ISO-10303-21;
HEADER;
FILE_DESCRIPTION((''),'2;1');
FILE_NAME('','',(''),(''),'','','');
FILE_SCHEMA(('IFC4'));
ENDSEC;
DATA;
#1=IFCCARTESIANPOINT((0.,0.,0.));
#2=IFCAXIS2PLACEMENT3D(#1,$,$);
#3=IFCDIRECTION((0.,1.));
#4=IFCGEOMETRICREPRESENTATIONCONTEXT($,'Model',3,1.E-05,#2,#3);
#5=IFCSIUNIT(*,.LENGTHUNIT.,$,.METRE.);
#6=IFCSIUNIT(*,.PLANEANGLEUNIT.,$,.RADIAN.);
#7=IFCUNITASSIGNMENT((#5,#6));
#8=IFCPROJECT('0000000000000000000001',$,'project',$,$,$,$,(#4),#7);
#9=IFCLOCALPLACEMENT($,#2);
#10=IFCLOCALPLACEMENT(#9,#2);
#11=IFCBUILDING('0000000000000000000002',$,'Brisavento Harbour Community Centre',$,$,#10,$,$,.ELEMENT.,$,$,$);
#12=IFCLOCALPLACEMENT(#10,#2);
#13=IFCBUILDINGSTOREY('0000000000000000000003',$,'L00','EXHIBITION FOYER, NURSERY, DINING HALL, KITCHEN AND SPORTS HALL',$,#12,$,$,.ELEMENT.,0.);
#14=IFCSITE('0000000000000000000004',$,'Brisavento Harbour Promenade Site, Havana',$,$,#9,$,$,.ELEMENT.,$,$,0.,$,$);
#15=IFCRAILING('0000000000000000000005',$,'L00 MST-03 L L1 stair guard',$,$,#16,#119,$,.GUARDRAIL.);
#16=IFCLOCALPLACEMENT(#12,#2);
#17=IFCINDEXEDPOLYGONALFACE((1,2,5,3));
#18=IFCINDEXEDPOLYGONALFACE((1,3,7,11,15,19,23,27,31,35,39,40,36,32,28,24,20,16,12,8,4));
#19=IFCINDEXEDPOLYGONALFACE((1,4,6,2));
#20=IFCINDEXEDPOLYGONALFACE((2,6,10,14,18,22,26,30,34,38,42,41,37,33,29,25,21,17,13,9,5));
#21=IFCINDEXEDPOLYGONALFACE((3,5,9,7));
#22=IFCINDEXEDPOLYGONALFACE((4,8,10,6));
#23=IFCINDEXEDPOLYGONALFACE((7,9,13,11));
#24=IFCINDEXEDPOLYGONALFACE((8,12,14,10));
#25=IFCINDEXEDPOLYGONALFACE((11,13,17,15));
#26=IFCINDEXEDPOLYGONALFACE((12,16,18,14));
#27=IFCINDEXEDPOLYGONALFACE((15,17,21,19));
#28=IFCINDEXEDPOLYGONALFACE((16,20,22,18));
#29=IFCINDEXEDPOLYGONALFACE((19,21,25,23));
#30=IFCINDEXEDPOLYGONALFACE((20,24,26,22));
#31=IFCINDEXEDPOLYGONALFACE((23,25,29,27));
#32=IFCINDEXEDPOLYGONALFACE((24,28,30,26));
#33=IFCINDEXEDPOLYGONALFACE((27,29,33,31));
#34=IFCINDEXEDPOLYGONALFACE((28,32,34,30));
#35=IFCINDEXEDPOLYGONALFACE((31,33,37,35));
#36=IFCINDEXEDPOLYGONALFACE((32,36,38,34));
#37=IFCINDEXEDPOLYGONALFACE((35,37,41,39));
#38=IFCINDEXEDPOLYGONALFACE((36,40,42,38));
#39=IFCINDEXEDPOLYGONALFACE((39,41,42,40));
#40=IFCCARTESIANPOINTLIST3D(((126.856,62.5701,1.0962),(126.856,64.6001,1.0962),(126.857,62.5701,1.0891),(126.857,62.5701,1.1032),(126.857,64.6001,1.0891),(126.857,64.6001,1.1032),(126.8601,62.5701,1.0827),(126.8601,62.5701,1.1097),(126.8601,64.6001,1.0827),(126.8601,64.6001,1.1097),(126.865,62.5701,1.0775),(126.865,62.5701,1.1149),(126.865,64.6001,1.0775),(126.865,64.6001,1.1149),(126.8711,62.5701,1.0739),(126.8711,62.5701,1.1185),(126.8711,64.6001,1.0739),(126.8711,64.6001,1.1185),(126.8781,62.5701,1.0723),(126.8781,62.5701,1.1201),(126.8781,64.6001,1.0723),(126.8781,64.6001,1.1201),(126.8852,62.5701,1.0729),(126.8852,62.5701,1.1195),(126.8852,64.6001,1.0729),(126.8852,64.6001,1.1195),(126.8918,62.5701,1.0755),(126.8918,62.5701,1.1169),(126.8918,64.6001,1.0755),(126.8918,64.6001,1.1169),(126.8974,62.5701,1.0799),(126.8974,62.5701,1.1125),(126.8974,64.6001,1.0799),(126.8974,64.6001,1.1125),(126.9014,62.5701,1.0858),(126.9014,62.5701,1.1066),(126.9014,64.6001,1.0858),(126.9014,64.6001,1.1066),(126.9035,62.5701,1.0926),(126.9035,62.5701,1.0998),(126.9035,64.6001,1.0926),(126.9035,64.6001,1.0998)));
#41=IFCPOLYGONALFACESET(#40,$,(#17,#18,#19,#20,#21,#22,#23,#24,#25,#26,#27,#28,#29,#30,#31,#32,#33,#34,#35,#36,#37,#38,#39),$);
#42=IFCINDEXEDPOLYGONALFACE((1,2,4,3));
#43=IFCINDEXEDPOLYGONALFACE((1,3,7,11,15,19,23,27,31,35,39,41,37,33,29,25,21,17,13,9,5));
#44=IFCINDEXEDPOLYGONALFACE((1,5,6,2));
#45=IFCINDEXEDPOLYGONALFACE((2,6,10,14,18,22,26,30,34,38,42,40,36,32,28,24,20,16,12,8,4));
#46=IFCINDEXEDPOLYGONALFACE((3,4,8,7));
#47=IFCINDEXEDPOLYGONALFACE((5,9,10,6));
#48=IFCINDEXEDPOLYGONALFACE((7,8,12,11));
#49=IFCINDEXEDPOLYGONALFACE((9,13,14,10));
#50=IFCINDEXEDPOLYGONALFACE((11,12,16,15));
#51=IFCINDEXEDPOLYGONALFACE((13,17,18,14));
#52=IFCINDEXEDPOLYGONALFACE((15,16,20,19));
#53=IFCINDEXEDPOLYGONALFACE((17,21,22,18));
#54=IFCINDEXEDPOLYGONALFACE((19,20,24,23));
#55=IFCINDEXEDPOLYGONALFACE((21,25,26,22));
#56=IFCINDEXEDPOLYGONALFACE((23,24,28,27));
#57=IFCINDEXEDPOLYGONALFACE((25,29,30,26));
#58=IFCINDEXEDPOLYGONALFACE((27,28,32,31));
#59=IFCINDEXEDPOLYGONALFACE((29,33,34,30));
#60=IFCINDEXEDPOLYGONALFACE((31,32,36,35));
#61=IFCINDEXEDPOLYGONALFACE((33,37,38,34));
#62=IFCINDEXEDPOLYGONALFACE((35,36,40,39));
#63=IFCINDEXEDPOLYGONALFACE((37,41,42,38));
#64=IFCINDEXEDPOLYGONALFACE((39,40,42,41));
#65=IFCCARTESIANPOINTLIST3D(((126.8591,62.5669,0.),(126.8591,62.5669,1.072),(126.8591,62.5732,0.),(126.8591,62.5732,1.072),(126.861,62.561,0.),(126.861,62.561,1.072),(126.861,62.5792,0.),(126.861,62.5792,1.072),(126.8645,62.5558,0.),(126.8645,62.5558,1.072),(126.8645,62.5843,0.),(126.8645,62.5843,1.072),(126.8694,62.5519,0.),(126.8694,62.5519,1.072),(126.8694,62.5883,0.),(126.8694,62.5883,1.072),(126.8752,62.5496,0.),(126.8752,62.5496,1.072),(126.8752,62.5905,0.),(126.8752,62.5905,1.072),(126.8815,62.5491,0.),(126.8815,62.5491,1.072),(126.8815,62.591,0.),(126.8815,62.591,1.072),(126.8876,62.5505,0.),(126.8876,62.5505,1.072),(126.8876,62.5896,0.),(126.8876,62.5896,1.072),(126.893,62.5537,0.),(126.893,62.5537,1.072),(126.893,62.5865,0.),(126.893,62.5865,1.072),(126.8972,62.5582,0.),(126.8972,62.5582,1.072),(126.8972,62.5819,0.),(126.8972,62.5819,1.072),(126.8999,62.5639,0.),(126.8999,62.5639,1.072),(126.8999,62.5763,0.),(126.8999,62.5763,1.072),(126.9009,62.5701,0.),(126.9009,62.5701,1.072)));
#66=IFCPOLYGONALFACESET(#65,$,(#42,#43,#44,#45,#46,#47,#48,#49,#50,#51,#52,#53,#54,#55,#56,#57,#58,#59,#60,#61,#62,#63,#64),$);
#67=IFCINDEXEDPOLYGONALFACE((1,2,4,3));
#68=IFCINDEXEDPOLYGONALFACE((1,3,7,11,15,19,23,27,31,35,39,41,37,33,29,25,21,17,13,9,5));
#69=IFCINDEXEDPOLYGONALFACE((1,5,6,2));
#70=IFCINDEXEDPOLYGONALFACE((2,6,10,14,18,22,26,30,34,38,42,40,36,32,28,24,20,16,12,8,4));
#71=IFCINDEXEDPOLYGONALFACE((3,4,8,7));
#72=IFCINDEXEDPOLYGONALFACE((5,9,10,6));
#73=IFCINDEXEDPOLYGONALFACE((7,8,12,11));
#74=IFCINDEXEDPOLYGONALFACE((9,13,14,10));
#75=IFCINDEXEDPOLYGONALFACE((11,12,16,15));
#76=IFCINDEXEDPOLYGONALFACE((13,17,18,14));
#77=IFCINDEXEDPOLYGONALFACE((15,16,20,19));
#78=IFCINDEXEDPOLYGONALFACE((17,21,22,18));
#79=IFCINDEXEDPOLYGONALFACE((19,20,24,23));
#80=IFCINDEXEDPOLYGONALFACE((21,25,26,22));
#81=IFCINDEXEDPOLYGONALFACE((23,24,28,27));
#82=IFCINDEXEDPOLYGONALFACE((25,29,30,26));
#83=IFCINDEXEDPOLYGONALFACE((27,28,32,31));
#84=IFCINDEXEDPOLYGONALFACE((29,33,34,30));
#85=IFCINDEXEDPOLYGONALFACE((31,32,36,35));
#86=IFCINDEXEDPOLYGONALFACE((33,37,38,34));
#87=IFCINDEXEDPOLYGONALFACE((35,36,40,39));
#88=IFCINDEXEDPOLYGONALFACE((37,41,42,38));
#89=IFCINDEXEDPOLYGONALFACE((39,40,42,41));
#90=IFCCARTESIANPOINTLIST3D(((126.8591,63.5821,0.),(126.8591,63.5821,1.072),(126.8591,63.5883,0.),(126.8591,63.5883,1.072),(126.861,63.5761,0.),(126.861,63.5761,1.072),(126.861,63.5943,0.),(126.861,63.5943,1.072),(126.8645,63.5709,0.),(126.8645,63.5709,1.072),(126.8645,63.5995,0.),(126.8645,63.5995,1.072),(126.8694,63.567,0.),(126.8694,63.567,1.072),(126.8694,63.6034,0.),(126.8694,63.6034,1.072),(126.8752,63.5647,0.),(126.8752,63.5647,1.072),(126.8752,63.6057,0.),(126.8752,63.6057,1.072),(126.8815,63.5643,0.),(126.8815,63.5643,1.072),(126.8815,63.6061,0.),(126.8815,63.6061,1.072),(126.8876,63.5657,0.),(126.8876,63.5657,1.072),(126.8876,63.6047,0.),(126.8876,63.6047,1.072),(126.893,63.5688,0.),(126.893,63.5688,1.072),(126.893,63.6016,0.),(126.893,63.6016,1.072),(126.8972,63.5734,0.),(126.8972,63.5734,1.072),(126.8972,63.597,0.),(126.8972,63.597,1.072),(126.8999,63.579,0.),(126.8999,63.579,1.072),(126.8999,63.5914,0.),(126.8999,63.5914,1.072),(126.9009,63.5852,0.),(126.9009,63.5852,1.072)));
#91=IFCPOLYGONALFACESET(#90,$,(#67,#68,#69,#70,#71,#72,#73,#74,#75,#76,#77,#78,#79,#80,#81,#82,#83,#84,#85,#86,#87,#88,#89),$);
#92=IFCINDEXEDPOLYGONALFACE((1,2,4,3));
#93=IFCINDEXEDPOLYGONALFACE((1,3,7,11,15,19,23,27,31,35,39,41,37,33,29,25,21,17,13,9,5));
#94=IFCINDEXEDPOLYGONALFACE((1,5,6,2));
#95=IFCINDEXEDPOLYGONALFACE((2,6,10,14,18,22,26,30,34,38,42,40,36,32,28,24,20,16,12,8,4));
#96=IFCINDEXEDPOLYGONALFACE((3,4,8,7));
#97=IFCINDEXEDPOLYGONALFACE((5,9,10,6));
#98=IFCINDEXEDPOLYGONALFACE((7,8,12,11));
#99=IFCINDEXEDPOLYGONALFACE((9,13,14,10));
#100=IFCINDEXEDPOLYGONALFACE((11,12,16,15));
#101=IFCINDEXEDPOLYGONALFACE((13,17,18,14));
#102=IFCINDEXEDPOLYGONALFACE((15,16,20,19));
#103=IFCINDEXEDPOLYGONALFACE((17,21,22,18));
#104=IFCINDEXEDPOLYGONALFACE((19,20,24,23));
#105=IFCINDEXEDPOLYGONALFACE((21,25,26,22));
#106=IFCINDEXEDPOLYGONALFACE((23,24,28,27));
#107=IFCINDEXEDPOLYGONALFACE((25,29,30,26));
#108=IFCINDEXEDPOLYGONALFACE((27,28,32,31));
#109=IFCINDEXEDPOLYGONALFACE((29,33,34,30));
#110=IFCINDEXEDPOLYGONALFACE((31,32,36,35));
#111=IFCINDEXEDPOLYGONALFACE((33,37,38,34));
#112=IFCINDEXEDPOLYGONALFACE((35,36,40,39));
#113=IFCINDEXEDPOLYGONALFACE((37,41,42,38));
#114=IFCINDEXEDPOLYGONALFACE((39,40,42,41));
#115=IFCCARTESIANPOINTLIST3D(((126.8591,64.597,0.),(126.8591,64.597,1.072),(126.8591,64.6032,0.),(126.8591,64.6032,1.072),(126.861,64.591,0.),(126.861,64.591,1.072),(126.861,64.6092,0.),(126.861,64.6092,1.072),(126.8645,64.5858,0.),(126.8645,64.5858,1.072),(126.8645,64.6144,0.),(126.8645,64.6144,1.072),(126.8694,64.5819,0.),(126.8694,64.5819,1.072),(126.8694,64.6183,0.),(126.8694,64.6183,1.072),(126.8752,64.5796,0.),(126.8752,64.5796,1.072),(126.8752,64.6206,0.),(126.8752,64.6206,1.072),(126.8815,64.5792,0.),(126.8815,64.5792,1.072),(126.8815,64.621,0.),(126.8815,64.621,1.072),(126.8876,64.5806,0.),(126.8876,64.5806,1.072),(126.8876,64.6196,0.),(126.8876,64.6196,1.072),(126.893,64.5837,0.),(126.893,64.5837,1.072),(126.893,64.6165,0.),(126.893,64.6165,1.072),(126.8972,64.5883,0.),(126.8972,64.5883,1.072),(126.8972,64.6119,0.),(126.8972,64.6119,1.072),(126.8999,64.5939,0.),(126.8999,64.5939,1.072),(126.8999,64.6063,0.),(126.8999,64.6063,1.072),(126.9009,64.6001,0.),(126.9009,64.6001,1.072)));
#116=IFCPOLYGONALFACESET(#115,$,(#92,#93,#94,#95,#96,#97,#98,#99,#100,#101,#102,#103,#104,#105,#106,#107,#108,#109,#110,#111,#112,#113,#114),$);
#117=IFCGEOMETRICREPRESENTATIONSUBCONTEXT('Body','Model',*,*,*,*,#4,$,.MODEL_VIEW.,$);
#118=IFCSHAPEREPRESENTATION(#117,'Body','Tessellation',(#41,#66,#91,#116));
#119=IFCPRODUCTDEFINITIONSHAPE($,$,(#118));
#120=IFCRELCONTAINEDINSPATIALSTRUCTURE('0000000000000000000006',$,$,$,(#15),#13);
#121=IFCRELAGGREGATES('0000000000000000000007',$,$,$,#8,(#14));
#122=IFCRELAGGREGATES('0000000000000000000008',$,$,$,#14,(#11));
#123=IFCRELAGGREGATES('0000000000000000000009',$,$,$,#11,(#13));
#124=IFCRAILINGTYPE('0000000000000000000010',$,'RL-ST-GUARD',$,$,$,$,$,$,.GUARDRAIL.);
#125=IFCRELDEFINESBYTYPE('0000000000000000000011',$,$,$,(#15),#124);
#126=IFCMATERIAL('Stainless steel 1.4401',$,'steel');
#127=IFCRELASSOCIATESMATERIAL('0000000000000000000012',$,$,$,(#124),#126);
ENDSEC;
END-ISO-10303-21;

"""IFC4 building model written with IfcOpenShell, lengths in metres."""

from ifc_helpers import new_model, si_unit, direction, frame, origin, origin_2d, place, context, subcontext, project, spatial, circle, extrude, material, type_object, element, save


model = new_model("IFC4")

# Units and contexts
model_context = context("Model", 3, precision=1e-05, world=origin(), true_north=direction((0.0, 1.0)))
body_context = subcontext(model_context, "Body", "Model", "MODEL_VIEW")
ifc_project = project(units=[si_unit("LENGTHUNIT", "METRE"), si_unit("PLANEANGLEUNIT", "RADIAN")], contexts=[model_context])

# Site, building, storey
site_placement = place(None, origin())
site = spatial("IfcSite", under=ifc_project, at=site_placement, Name="Brisavento Harbour Promenade Site, Havana", CompositionType="ELEMENT", RefElevation=0.0)
building_placement = place(site_placement, origin())
building = spatial("IfcBuilding", under=site, at=building_placement, Name="Brisavento Harbour Community Centre", CompositionType="ELEMENT")
storey_placement = place(building_placement, origin())
storey = spatial("IfcBuildingStorey", under=building, at=storey_placement, Name="L00", Description="EXHIBITION FOYER, NURSERY, DINING HALL, KITCHEN AND SPORTS HALL", CompositionType="ELEMENT", Elevation=0.0)

# Railing
ifc_material_1 = material(Name="Stainless steel 1.4401", Category="steel")
railing_type = type_object("IfcRailingType", Name="RL-ST-GUARD", PredefinedType="GUARDRAIL", material=ifc_material_1)
railing_1_placement = place(storey_placement, frame((126.8799, 62.5701, 0.0)))
element("IfcRailing", 1, at=railing_1_placement, inside=storey, type_object=railing_type, Name="L00 MST-03 L L1 stair guard", PredefinedType="GUARDRAIL", context=body_context, shape_type="SweptSolid", body=[
    extrude(circle(Radius=0.0239, at=origin_2d()), frame((0.0, 0.0, 1.0962), z_axis=(0.0, 1.0, 0.0), x_axis=(-1.0, 0.0, 0.0)), (0.0, 0.0, 1.0), 2.03),
    extrude(circle(Radius=0.021, at=origin_2d()), origin(), (0.0, 0.0, 1.0), 1.072),
    extrude(circle(Radius=0.021, at=origin_2d()), frame((0.0, 1.0151, 0.0)), (0.0, 0.0, 1.0), 1.072),
    extrude(circle(Radius=0.021, at=origin_2d()), frame((0.0, 2.03, 0.0)), (0.0, 0.0, 1.0), 1.072),
])

save(model, "model.ifc")
